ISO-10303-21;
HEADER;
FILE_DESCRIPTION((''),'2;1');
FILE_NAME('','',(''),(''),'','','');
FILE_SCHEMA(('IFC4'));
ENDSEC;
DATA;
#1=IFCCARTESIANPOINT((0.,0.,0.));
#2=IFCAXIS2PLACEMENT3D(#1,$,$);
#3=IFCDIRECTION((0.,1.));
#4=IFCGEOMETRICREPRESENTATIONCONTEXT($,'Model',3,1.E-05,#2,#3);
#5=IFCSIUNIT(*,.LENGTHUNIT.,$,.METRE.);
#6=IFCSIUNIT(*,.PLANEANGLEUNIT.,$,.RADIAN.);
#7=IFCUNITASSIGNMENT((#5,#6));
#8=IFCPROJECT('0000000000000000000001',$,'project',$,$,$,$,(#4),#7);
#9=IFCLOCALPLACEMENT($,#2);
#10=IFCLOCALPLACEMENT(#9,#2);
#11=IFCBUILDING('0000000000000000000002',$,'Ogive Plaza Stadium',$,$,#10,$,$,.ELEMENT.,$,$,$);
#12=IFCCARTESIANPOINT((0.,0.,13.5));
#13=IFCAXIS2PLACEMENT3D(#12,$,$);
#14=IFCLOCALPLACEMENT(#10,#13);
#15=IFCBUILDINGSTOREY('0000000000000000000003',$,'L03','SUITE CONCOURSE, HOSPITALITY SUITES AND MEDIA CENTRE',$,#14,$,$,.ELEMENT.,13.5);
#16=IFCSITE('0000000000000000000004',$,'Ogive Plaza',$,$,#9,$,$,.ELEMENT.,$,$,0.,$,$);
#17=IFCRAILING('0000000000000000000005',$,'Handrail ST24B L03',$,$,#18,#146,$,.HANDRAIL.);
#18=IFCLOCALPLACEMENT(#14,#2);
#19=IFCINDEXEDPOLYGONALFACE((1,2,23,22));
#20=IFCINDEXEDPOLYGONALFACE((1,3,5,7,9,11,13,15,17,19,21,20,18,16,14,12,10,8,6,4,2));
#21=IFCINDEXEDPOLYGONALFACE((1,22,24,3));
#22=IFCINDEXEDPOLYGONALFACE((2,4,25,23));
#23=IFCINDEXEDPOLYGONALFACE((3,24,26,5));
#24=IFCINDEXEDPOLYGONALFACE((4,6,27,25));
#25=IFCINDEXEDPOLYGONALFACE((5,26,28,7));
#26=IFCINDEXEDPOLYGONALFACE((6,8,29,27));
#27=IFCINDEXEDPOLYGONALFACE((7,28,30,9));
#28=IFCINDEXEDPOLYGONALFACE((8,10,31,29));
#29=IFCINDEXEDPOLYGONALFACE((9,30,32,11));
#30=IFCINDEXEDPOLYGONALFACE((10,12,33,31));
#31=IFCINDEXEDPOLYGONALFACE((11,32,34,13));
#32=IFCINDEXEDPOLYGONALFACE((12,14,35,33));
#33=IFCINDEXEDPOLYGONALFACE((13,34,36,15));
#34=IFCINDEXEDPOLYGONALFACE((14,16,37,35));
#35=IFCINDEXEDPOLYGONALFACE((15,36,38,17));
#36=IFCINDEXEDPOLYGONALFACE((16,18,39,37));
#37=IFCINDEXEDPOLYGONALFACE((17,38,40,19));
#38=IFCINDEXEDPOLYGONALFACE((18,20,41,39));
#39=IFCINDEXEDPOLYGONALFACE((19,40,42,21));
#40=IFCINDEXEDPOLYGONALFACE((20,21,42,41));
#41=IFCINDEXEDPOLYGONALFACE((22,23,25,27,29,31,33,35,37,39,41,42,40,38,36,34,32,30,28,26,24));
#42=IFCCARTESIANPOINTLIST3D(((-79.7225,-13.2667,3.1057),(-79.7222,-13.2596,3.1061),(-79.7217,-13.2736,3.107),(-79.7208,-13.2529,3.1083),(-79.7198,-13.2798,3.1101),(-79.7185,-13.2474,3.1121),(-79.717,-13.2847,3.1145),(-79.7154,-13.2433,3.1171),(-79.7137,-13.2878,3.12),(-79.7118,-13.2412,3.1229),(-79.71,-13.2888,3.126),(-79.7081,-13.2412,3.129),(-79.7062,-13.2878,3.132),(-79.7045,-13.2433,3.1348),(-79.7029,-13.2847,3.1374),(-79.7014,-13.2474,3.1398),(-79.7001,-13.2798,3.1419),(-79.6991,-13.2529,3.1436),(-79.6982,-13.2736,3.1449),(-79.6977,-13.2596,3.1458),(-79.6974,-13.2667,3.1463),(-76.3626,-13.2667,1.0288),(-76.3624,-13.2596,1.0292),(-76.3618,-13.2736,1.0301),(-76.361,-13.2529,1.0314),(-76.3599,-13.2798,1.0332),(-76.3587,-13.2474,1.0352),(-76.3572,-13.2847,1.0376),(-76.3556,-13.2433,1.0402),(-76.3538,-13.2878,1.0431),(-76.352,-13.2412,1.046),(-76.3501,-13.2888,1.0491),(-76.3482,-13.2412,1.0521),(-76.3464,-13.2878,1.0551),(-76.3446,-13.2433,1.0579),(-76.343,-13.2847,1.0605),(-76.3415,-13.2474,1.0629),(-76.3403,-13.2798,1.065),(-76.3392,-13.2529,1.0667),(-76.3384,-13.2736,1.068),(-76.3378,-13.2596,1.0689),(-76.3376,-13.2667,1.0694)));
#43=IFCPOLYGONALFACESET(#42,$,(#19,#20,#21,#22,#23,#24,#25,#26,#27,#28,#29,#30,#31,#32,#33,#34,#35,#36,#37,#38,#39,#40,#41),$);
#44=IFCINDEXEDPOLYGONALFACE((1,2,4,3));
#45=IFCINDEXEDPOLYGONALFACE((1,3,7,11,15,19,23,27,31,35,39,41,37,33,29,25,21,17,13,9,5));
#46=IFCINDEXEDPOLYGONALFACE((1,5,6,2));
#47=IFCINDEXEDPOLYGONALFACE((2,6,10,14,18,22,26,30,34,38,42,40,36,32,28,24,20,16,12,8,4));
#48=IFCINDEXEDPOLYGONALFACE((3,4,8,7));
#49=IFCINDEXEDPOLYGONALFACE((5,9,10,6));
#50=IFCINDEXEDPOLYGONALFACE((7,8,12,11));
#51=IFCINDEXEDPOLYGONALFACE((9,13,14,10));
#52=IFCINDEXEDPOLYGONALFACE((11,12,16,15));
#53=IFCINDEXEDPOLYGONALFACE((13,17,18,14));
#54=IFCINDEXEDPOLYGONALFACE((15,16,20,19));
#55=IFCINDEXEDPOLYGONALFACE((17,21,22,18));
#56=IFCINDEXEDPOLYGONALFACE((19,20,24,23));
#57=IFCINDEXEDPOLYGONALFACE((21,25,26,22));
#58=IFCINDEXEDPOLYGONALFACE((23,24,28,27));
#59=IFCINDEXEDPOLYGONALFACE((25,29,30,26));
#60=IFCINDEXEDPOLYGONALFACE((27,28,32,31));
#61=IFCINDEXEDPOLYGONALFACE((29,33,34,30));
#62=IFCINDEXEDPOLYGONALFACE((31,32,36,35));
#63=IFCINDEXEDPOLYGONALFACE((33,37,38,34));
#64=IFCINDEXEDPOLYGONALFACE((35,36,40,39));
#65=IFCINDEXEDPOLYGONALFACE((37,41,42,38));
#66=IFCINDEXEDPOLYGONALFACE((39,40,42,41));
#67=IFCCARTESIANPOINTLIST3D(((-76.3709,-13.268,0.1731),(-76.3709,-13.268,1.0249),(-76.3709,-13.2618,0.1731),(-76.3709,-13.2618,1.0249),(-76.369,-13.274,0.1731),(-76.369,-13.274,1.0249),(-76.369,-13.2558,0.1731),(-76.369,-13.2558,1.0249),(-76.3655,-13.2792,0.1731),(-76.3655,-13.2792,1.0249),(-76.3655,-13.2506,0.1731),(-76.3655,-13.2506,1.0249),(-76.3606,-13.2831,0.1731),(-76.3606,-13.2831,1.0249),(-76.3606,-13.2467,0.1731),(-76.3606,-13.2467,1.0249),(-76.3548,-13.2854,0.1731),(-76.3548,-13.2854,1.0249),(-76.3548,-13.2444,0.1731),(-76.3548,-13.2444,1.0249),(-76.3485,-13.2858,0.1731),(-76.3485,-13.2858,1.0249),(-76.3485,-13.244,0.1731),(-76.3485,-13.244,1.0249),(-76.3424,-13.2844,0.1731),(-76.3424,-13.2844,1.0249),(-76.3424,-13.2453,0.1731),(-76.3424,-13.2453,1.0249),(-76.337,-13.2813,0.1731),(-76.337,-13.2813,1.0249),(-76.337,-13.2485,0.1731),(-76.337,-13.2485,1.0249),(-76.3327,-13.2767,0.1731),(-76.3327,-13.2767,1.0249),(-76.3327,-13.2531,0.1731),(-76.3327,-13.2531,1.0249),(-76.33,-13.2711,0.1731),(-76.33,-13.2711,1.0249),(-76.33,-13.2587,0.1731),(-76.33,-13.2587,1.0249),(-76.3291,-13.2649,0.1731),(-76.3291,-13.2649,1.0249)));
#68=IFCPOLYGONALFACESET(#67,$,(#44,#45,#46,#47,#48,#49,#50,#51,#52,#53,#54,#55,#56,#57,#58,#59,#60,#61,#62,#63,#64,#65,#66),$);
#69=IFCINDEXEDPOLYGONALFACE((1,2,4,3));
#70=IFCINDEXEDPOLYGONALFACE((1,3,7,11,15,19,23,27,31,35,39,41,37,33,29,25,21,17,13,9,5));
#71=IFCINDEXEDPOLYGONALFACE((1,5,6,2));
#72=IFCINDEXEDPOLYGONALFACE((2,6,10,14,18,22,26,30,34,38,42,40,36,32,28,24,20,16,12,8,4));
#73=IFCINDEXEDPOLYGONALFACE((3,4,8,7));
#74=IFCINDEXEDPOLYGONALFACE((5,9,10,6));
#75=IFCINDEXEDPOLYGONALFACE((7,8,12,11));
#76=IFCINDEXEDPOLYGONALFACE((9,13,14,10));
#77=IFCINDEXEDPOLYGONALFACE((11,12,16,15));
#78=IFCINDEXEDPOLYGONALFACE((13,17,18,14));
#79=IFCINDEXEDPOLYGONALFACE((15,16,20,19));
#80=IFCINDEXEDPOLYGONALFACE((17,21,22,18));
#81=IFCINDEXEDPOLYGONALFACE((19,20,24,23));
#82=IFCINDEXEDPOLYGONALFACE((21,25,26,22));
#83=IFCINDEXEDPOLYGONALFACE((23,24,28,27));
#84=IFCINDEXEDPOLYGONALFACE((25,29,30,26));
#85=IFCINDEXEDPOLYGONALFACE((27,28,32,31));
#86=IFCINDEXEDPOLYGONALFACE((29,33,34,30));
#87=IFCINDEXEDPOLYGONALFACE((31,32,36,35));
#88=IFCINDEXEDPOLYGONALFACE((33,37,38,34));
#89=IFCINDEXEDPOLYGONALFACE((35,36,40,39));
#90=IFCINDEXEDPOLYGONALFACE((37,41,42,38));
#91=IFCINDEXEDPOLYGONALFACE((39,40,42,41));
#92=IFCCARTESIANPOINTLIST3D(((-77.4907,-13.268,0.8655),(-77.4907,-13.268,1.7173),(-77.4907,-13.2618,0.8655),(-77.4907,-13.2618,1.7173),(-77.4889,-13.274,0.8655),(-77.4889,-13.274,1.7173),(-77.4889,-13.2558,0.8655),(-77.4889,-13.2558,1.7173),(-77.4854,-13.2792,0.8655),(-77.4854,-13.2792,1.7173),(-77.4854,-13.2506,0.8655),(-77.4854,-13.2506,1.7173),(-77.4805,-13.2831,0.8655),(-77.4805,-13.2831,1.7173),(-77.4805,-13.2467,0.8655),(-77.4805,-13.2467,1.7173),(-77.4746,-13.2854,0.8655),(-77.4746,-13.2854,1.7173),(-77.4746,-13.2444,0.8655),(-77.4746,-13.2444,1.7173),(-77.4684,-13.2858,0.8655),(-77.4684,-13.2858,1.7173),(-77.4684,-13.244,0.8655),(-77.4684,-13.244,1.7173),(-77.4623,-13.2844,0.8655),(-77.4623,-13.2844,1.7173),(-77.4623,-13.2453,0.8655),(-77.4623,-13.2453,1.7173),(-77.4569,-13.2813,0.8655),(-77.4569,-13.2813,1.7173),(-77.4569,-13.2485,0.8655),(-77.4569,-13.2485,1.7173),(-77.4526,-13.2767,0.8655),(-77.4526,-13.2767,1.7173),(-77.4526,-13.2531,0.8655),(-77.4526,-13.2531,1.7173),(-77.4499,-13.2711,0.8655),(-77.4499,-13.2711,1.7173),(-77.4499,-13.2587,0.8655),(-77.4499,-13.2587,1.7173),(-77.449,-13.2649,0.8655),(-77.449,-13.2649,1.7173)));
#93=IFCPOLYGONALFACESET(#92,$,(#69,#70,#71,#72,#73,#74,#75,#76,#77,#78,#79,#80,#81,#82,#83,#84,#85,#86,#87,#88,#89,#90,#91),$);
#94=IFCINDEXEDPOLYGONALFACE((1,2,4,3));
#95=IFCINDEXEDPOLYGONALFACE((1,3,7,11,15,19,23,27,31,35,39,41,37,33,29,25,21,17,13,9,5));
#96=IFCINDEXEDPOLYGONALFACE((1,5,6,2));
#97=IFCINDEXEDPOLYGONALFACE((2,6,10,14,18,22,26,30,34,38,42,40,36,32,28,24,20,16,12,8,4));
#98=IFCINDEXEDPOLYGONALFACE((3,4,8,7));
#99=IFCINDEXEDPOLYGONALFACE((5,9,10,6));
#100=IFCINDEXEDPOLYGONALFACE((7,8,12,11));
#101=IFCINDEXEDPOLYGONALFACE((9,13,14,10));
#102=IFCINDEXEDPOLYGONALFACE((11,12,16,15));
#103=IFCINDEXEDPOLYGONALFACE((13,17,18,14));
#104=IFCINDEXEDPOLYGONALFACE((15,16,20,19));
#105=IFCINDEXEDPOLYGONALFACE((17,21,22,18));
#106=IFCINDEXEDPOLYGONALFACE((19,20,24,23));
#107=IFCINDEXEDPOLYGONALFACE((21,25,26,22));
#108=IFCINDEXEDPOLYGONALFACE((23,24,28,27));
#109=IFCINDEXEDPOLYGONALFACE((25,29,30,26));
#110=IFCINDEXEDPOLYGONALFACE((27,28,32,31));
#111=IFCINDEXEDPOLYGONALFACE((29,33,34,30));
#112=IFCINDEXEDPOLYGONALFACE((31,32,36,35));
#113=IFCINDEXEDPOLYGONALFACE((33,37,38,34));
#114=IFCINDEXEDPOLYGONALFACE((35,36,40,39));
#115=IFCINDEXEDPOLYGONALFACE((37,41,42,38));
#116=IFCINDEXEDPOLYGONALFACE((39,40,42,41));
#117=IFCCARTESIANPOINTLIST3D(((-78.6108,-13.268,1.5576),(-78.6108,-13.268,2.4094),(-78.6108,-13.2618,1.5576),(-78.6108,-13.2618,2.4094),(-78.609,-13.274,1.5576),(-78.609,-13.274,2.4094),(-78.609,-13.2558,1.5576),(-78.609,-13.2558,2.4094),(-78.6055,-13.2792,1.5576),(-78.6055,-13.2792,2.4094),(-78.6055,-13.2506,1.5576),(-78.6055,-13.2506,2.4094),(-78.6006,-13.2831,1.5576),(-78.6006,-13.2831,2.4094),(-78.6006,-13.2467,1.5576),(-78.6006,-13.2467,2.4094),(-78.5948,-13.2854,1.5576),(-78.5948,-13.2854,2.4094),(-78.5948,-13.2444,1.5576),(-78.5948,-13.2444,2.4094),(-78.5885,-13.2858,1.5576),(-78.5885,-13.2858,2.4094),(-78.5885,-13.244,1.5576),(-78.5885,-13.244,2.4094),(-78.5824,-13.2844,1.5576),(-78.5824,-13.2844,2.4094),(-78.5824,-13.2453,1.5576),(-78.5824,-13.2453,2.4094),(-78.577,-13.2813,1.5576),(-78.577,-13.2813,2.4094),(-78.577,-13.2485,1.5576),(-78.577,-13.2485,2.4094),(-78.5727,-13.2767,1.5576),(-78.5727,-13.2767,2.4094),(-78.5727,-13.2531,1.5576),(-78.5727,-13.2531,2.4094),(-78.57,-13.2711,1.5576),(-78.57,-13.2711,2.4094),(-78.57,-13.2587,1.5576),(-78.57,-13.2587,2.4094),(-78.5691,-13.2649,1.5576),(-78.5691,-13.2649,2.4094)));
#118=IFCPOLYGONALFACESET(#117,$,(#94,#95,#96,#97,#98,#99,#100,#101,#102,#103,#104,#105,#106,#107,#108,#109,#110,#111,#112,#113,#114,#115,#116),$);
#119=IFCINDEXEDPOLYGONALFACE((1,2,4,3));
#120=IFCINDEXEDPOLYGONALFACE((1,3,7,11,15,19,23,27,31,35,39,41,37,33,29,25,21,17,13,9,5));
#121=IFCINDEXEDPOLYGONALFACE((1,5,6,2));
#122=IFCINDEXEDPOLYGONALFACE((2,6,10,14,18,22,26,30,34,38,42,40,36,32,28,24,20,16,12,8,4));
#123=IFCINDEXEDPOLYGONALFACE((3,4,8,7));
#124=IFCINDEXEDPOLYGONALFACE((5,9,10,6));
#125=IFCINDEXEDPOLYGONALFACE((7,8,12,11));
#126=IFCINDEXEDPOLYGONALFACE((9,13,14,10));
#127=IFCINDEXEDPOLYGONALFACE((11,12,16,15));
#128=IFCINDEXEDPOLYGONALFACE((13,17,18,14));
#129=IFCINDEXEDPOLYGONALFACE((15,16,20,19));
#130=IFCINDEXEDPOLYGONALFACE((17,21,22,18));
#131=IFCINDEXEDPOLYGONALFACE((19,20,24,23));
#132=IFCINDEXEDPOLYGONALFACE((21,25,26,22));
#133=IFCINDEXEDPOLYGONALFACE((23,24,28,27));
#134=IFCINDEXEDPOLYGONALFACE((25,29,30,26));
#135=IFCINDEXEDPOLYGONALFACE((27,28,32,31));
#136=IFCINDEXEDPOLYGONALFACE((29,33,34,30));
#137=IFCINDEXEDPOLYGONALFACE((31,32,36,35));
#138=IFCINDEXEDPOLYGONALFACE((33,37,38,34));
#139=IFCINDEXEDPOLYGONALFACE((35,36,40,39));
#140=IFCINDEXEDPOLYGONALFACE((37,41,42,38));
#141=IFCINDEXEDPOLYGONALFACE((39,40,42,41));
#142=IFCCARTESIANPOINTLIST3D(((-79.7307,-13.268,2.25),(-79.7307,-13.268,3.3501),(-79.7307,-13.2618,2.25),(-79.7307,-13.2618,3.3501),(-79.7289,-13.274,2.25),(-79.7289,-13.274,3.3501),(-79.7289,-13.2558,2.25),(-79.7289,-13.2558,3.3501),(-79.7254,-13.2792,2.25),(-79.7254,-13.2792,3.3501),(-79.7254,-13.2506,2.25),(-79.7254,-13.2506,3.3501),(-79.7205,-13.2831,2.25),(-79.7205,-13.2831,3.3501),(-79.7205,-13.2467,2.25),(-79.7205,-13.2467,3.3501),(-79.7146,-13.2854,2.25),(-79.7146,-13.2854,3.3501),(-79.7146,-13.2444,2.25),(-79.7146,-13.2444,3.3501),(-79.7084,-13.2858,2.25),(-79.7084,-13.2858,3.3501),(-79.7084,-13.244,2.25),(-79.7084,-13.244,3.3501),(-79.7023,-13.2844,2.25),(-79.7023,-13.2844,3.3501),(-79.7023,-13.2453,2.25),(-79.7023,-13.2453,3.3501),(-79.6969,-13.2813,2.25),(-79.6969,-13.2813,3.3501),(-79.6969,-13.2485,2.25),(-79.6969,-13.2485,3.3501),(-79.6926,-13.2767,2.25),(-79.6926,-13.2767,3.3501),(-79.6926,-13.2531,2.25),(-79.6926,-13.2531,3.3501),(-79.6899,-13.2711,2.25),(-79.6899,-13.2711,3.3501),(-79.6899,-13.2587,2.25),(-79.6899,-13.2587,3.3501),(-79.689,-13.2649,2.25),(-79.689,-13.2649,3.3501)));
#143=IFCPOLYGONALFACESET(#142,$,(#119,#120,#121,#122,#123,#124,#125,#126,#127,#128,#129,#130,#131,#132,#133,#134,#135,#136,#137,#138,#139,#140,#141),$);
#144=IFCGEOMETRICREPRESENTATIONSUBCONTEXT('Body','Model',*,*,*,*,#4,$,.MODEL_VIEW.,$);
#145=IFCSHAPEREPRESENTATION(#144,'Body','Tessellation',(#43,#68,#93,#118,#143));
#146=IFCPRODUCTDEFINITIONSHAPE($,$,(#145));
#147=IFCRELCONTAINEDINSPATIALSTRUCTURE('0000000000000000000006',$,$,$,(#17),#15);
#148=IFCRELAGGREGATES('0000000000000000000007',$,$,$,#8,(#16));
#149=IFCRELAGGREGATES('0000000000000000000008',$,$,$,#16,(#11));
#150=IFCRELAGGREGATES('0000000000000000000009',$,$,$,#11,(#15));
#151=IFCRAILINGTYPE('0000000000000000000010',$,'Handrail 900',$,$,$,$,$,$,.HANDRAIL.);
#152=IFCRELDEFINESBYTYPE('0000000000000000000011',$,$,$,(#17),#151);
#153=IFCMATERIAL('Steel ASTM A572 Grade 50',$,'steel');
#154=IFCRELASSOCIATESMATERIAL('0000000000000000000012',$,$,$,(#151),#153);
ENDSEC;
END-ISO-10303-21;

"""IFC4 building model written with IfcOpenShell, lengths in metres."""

from ifc_helpers import new_model, si_unit, direction, frame, origin, origin_2d, place, context, subcontext, project, spatial, circle, extrude, material, type_object, element, save


model = new_model("IFC4")

# Units and contexts
model_context = context("Model", 3, precision=1e-05, world=origin(), true_north=direction((0.0, 1.0)))
body_context = subcontext(model_context, "Body", "Model", "MODEL_VIEW")
ifc_project = project(units=[si_unit("LENGTHUNIT", "METRE"), si_unit("PLANEANGLEUNIT", "RADIAN")], contexts=[model_context])

# Site, building, storey
site_placement = place(None, origin())
site = spatial("IfcSite", under=ifc_project, at=site_placement, Name="Ogive Plaza", CompositionType="ELEMENT", RefElevation=0.0)
building_placement = place(site_placement, origin())
building = spatial("IfcBuilding", under=site, at=building_placement, Name="Ogive Plaza Stadium", CompositionType="ELEMENT")
storey_placement = place(building_placement, frame((0.0, 0.0, 13.5)))
storey = spatial("IfcBuildingStorey", under=building, at=storey_placement, Name="L03", Description="SUITE CONCOURSE, HOSPITALITY SUITES AND MEDIA CENTRE", CompositionType="ELEMENT", Elevation=13.5)

# Railing
ifc_material_1 = material(Name="Steel ASTM A572 Grade 50", Category="steel")
railing_type_1 = type_object("IfcRailingType", Name="Handrail 900", PredefinedType="HANDRAIL", material=ifc_material_1)
for number, where, name in (
    (1, (-76.3501, -13.2649, 0.1731), "Handrail ST24B L03"),
):
    element("IfcRailing", number, at=place(storey_placement, frame(where)), inside=storey, type_object=railing_type_1, Name=name, PredefinedType="HANDRAIL", context=body_context, shape_type="SweptSolid", body=[
        extrude(circle(Radius=0.0239, at=origin_2d()), frame((0.0, 0.0, 0.876), z_axis=(-0.850606, 0.0, 0.525803), x_axis=(0.0, -1.0, 0.0)), (0.0, 0.0, 1.0), 3.95),
        extrude(circle(Radius=0.021, at=origin_2d()), origin(), (0.0, 0.0, 1.0), 0.8518),
        extrude(circle(Radius=0.021, at=origin_2d()), frame((-1.1199, 0.0, 0.6924)), (0.0, 0.0, 1.0), 0.8518),
        extrude(circle(Radius=0.021, at=origin_2d()), frame((-2.24, 0.0, 1.3845)), (0.0, 0.0, 1.0), 0.8518),
        extrude(circle(Radius=0.021, at=origin_2d()), frame((-3.3599, 0.0, 2.0769)), (0.0, 0.0, 1.0), 1.1001),
    ])

save(model, "model.ifc")
